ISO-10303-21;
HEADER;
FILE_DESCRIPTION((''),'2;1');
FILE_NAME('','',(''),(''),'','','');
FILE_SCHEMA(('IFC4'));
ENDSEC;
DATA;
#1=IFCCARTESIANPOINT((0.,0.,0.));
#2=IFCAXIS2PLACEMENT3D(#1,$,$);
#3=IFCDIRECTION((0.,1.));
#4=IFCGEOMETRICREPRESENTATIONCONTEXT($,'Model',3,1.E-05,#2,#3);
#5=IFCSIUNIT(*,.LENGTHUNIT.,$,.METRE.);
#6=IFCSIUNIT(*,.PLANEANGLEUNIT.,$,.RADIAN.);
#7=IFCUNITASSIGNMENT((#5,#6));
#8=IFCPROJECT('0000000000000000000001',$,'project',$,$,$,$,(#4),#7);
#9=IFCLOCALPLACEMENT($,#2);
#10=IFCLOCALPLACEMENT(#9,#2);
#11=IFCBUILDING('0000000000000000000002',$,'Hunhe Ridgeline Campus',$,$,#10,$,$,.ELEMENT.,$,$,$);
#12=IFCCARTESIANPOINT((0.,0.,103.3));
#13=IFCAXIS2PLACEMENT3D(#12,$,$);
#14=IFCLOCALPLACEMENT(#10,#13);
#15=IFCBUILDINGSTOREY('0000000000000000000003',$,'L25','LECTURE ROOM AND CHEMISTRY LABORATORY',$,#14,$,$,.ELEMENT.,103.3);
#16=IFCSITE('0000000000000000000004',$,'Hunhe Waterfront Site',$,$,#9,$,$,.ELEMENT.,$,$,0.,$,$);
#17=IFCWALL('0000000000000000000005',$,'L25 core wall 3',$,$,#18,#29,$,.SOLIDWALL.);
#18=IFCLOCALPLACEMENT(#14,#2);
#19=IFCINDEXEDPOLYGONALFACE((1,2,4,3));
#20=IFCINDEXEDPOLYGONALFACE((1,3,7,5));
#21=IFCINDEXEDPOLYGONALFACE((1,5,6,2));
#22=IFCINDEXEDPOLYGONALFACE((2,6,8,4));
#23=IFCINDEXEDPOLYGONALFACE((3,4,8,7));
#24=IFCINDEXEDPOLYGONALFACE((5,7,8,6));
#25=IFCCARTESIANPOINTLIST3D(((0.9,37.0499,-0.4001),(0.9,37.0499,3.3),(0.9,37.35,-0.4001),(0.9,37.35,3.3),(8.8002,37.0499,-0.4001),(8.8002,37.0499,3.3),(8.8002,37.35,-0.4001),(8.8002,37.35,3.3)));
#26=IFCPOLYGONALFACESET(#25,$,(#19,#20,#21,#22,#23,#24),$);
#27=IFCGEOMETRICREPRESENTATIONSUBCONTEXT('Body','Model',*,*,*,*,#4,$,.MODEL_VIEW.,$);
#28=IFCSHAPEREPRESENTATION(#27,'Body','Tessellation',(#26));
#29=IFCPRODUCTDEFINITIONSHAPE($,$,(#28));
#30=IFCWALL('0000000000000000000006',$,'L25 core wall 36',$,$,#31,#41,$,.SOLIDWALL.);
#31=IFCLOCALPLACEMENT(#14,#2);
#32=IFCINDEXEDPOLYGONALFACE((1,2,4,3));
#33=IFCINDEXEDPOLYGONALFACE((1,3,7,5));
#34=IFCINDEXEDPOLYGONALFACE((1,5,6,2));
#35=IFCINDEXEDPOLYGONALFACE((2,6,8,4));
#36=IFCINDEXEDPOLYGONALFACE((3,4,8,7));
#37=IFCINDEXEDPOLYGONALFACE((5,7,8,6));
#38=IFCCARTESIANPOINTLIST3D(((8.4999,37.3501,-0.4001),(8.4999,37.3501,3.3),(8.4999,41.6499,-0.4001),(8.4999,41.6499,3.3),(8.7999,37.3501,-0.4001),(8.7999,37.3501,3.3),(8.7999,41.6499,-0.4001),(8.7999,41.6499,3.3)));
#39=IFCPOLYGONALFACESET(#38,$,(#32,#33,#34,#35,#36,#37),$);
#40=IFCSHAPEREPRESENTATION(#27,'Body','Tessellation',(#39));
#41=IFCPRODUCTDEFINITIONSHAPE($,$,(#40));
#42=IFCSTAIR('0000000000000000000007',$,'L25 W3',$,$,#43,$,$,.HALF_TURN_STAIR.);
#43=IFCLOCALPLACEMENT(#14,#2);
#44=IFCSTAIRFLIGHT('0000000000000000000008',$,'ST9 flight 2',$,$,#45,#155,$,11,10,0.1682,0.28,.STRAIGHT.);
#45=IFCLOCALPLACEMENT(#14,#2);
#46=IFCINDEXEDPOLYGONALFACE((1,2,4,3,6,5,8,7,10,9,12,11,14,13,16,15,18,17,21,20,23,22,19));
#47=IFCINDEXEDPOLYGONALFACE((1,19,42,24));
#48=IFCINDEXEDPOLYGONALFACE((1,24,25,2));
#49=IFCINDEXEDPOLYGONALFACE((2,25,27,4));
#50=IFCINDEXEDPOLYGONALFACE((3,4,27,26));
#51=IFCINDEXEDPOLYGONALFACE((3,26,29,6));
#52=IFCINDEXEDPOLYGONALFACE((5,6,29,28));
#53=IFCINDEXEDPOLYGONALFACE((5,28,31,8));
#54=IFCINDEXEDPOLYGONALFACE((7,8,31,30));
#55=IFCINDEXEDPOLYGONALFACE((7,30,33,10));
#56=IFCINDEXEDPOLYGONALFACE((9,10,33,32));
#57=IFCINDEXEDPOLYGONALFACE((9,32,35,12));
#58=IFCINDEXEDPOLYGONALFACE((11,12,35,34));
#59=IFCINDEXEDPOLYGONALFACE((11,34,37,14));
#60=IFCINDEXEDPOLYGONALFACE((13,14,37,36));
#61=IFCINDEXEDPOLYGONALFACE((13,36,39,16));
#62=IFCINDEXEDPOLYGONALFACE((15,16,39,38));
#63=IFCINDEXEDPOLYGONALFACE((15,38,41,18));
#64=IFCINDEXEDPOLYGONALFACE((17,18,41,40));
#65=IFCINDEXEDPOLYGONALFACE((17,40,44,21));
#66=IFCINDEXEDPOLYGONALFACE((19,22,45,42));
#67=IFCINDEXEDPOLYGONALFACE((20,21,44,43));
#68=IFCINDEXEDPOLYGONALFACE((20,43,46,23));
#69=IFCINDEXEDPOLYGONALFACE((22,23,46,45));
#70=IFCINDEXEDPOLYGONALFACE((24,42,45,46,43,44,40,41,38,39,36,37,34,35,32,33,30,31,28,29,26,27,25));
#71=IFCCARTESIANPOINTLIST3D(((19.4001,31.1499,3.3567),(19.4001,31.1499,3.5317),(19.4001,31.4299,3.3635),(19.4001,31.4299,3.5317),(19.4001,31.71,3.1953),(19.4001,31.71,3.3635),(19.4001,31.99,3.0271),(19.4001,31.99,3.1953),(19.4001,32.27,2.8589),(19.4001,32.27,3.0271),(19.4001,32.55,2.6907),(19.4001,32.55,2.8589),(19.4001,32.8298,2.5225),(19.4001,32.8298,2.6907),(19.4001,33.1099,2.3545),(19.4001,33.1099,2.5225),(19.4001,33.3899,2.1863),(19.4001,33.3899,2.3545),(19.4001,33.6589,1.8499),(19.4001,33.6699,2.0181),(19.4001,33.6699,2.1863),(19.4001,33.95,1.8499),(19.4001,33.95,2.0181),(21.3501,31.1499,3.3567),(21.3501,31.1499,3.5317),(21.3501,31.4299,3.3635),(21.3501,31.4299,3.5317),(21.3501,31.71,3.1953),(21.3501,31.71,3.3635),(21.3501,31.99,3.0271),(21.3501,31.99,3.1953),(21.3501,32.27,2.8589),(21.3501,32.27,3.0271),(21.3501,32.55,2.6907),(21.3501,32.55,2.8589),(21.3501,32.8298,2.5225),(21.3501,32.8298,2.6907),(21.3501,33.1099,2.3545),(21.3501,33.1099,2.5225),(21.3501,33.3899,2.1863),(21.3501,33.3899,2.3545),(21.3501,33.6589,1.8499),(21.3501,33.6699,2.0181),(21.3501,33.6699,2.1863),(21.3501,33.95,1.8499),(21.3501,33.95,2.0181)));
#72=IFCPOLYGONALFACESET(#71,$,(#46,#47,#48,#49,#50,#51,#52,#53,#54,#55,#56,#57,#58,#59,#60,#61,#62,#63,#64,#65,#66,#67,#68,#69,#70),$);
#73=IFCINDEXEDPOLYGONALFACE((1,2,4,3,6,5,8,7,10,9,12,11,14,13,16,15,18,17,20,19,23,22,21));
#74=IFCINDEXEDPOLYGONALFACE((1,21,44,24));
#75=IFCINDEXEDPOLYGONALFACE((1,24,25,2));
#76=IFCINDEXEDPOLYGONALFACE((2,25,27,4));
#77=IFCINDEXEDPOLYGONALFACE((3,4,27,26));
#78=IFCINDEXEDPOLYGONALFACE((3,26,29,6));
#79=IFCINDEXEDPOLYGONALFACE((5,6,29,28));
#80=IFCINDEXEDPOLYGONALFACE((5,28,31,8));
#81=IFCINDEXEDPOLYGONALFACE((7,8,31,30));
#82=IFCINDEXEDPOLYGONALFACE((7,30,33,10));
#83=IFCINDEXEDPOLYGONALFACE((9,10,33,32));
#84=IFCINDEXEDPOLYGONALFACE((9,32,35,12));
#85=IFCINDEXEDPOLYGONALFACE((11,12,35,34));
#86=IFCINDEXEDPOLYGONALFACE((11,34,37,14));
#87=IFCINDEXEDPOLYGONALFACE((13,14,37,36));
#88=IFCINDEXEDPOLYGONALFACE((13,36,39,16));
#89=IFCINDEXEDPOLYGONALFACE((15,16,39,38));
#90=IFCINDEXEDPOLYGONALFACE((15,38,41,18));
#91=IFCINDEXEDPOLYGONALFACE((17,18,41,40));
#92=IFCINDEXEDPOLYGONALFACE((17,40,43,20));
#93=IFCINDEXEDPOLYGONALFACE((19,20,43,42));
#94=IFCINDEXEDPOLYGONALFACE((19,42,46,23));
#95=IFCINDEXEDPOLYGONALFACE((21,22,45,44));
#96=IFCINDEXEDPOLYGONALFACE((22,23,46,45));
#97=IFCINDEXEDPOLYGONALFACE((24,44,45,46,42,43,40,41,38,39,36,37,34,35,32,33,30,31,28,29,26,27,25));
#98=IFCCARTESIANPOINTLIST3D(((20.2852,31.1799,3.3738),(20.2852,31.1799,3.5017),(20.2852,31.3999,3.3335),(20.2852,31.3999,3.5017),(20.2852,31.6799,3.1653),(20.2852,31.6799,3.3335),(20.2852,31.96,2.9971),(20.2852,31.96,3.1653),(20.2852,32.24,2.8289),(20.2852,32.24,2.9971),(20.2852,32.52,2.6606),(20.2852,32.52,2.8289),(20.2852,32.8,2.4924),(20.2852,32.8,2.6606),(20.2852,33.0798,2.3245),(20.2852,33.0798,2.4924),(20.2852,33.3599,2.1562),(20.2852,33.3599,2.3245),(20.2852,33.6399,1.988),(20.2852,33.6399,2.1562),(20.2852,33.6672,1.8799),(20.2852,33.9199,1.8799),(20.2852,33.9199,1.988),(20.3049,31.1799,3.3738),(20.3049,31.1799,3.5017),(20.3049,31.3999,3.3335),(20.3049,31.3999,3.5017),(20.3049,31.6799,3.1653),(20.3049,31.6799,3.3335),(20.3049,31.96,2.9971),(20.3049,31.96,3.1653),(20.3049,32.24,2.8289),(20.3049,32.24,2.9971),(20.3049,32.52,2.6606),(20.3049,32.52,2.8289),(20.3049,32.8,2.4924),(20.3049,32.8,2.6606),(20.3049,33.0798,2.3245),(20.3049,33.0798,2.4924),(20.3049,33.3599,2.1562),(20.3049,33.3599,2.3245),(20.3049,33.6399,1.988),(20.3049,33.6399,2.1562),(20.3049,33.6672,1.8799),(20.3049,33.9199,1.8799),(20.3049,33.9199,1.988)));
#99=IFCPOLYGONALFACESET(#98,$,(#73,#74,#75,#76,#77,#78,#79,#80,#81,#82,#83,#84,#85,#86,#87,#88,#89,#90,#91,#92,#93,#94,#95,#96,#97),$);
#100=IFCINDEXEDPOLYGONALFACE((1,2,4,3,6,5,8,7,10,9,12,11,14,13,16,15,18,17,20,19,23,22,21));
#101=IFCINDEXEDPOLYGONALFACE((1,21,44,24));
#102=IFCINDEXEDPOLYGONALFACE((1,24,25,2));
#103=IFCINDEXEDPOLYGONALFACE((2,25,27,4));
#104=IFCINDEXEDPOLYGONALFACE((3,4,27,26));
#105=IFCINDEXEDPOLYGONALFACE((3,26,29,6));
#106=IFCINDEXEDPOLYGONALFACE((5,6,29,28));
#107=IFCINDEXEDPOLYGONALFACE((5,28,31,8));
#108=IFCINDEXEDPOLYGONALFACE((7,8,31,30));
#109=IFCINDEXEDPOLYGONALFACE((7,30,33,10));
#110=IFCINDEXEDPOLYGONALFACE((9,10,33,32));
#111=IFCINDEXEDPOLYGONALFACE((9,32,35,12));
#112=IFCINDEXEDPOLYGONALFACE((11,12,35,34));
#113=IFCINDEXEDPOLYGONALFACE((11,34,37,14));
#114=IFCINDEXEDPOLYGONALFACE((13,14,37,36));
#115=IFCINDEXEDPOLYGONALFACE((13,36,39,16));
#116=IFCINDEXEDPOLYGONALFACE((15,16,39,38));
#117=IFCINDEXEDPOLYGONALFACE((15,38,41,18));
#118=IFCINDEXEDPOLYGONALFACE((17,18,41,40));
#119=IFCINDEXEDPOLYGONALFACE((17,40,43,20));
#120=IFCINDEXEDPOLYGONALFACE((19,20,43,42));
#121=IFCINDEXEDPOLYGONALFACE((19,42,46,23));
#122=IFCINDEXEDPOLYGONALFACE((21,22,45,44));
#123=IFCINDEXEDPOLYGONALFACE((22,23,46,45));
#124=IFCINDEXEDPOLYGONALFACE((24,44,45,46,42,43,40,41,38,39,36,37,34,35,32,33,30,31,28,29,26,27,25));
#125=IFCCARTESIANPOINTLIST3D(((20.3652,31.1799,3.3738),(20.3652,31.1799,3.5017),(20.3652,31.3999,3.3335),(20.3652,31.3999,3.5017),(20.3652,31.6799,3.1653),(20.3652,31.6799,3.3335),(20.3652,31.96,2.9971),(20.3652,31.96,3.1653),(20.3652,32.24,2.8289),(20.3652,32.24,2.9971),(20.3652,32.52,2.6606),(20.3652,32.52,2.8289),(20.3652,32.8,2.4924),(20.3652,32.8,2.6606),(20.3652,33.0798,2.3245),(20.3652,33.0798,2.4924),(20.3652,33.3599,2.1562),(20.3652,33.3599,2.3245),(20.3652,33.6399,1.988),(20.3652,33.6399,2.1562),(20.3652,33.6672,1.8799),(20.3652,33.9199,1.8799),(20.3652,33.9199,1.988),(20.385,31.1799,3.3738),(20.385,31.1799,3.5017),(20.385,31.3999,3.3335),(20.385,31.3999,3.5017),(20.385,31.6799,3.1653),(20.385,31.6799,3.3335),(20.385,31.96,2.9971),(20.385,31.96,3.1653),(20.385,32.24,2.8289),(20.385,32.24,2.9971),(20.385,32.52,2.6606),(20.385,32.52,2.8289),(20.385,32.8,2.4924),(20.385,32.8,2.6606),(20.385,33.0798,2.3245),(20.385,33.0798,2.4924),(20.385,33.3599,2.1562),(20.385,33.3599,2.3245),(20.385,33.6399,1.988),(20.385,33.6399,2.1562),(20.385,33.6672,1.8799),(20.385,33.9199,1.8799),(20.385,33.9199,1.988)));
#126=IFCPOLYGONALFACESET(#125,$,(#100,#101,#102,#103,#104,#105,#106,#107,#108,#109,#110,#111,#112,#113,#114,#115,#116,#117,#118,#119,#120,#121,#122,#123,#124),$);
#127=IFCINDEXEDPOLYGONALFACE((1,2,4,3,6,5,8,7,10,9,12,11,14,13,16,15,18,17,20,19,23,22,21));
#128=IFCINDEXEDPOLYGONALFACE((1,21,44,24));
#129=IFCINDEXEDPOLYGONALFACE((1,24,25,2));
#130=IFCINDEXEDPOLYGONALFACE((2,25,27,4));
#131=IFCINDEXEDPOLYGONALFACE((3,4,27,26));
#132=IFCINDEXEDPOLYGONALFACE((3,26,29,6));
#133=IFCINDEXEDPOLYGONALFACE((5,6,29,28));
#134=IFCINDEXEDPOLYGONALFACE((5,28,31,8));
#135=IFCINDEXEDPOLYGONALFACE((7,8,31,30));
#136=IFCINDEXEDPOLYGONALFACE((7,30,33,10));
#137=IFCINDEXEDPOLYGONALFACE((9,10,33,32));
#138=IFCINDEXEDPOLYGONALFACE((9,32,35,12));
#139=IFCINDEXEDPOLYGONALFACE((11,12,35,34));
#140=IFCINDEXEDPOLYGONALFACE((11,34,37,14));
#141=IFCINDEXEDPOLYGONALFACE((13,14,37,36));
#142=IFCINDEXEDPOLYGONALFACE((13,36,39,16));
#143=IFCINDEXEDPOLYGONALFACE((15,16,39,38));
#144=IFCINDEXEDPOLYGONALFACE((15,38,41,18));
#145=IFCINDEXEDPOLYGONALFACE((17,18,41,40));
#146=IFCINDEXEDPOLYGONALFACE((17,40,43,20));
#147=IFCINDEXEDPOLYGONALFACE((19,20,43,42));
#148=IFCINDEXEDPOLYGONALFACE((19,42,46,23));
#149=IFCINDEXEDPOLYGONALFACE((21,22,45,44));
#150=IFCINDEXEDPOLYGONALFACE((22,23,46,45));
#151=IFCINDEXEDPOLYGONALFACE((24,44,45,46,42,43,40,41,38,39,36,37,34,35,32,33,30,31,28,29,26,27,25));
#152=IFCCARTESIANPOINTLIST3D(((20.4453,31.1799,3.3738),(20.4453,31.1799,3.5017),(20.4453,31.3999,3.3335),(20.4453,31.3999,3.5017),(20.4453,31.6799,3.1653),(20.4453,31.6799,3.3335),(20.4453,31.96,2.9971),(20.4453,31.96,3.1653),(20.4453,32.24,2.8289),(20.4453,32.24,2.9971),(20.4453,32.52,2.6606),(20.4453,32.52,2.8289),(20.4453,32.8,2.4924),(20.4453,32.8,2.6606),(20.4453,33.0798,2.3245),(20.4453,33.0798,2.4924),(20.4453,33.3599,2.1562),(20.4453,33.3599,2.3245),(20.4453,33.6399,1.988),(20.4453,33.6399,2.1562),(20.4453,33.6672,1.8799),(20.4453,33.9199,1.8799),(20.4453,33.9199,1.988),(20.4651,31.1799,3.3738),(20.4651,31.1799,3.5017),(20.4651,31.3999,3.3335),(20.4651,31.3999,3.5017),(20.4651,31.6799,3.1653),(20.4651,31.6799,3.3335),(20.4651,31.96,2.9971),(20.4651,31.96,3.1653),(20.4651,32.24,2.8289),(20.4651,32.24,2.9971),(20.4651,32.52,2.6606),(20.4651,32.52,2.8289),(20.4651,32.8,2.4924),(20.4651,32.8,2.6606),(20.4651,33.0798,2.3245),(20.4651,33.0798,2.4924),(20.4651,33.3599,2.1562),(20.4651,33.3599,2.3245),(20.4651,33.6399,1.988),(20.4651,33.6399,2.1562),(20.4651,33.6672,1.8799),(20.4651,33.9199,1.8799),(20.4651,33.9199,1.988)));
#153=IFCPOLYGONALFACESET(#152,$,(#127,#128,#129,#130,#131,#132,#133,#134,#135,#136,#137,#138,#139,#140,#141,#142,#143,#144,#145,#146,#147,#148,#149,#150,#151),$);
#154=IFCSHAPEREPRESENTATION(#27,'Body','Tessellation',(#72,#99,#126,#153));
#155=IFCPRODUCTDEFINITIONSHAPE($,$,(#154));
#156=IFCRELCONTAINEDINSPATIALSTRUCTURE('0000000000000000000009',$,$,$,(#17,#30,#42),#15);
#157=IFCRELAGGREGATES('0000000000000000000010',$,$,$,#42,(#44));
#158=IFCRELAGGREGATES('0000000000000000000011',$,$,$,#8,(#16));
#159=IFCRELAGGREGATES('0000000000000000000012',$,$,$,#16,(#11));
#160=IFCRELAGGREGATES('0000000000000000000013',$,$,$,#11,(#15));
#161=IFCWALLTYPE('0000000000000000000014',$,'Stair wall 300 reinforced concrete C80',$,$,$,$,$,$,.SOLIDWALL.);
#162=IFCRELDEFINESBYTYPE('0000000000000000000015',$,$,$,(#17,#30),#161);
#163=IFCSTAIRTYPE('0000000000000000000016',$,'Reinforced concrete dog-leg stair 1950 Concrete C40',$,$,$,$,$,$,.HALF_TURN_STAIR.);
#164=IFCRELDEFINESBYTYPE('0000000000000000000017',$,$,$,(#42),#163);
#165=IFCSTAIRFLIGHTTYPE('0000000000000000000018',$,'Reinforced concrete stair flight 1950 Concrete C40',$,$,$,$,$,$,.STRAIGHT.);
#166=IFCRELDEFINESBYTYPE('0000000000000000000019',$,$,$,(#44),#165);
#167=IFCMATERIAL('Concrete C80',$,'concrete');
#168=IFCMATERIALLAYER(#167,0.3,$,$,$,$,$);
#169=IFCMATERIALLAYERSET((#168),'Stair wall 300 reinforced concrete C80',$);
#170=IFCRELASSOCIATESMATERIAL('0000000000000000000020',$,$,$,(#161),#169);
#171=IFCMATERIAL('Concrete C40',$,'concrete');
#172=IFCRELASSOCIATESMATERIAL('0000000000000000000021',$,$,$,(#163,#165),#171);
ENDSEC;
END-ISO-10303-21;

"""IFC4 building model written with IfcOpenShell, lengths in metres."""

from ifc_helpers import new_model, si_unit, direction, frame, frame_2d, origin, place, context, subcontext, project, spatial, polyline, rectangle, outline, extrude, material, layer, layer_set, type_object, element, aggregate, save


model = new_model("IFC4")

# Units and contexts
model_context = context("Model", 3, precision=1e-05, world=origin(), true_north=direction((0.0, 1.0)))
body_context = subcontext(model_context, "Body", "Model", "MODEL_VIEW")
ifc_project = project(units=[si_unit("LENGTHUNIT", "METRE"), si_unit("PLANEANGLEUNIT", "RADIAN")], contexts=[model_context])

# Site, building, storey
site_placement = place(None, origin())
site = spatial("IfcSite", under=ifc_project, at=site_placement, Name="Hunhe Waterfront Site", CompositionType="ELEMENT", RefElevation=0.0)
building_placement = place(site_placement, origin())
building = spatial("IfcBuilding", under=site, at=building_placement, Name="Hunhe Ridgeline Campus", CompositionType="ELEMENT")
storey_placement = place(building_placement, frame((0.0, 0.0, 103.3)))
storey = spatial("IfcBuildingStorey", under=building, at=storey_placement, Name="L25", Description="LECTURE ROOM AND CHEMISTRY LABORATORY", CompositionType="ELEMENT", Elevation=103.3)

# Wall
ifc_material_1 = material(Name="Concrete C80", Category="concrete")
ifc_layer_1 = layer(ifc_material_1, 0.3)
ifc_layer_set_1 = layer_set([ifc_layer_1], Name="Stair wall 300 reinforced concrete C80")
wall_type_1 = type_object("IfcWallType", Name="Stair wall 300 reinforced concrete C80", PredefinedType="SOLIDWALL", material=ifc_layer_set_1)
wall_1_placement = place(storey_placement, frame((0.8999, 37.2, -0.4001), z_axis=(0.0, 0.0, 1.0), x_axis=(1.0, 0.0, 0.0)))
element("IfcWall", 1, at=wall_1_placement, inside=storey, type_object=wall_type_1, Name="L25 core wall 3", PredefinedType="SOLIDWALL", context=body_context, shape_type="SweptSolid", body=[
    extrude(rectangle(XDim=7.9001, YDim=0.3, at=frame_2d((3.9502, 0.0))), origin(), (0.0, 0.0, 1.0), 3.7002),
])

# Wall
wall_2_placement = place(storey_placement, frame((8.6499, 37.3501, -0.4001), z_axis=(0.0, 0.0, 1.0), x_axis=(0.0, 1.0, 0.0)))
element("IfcWall", 2, at=wall_2_placement, inside=storey, type_object=wall_type_1, Name="L25 core wall 36", PredefinedType="SOLIDWALL", context=body_context, shape_type="SweptSolid", body=[
    extrude(rectangle(XDim=4.2998, YDim=0.3, at=frame_2d((2.1499, 0.0))), origin(), (0.0, 0.0, 1.0), 3.7002),
])

# Stair, stair flight
ifc_material_2 = material(Name="Concrete C40", Category="concrete")
stair_type = type_object("IfcStairType", Name="Reinforced concrete dog-leg stair 1950 Concrete C40", PredefinedType="HALF_TURN_STAIR", material=ifc_material_2)
stair_1_placement = place(storey_placement, origin())
stair_1 = element("IfcStair", 3, at=stair_1_placement, inside=storey, type_object=stair_type, Name="L25 W3", PredefinedType="HALF_TURN_STAIR")
stair_flight_type = type_object("IfcStairFlightType", Name="Reinforced concrete stair flight 1950 Concrete C40", PredefinedType="STRAIGHT", material=ifc_material_2)
stair_flight_1_placement = place(storey_placement, frame((20.375, 33.95, 1.8499), z_axis=(0.0, 0.0, 1.0), x_axis=(0.0, -1.0, 0.0)))
stair_flight_1 = element("IfcStairFlight", 4, at=stair_flight_1_placement, type_object=stair_flight_type, Name="ST9 flight 2", NumberOfRisers=11, NumberOfTreads=10, PredefinedType="STRAIGHT", RiserHeight=0.1682, TreadLength=0.28, context=body_context, shape_type="SweptSolid", body=[
    extrude(outline(polyline([(0.0, 0.0), (0.0, 0.1682), (0.28, 0.1682), (0.28, 0.3364), (0.5601, 0.3364), (0.5601, 0.5046), (0.8401, 0.5046), (0.8401, 0.6726), (1.1201, 0.6726), (1.1201, 0.8408), (1.3999, 0.8408), (1.3999, 1.009), (1.6799, 1.009), (1.6799, 1.1772), (1.96, 1.1772), (1.96, 1.3455), (2.24, 1.3455), (2.24, 1.5137), (2.52, 1.5137), (2.52, 1.6819), (2.8, 1.6819), (2.8, 1.8501), (2.8, 1.5068), (0.291, 0.0), (0.0, 0.0)])), frame((0.0, 0.9751, 0.0), z_axis=(0.0, -1.0, 0.0), x_axis=(1.0, 0.0, 0.0)), (0.0, 0.0, 1.0), 1.95),
    extrude(outline(polyline([(0.03, 0.03), (0.03, 0.1382), (0.3101, 0.1382), (0.3101, 0.3064), (0.5901, 0.3064), (0.5901, 0.4746), (0.8701, 0.4746), (0.8701, 0.6426), (1.1499, 0.6426), (1.1499, 0.8108), (1.4299, 0.8108), (1.4299, 0.979), (1.71, 0.979), (1.71, 1.1472), (1.99, 1.1472), (1.99, 1.3154), (2.27, 1.3154), (2.27, 1.4836), (2.55, 1.4836), (2.55, 1.6519), (2.77, 1.6519), (2.77, 1.5239), (0.2827, 0.03), (0.03, 0.03)])), frame((0.0, -0.0701, 0.0), z_axis=(0.0, -1.0, 0.0), x_axis=(1.0, 0.0, 0.0)), (0.0, 0.0, 1.0), 0.0198),
    extrude(outline(polyline([(0.03, 0.03), (0.03, 0.1382), (0.3101, 0.1382), (0.3101, 0.3064), (0.5901, 0.3064), (0.5901, 0.4746), (0.8701, 0.4746), (0.8701, 0.6426), (1.1499, 0.6426), (1.1499, 0.8108), (1.4299, 0.8108), (1.4299, 0.979), (1.71, 0.979), (1.71, 1.1472), (1.99, 1.1472), (1.99, 1.3154), (2.27, 1.3154), (2.27, 1.4836), (2.55, 1.4836), (2.55, 1.6519), (2.77, 1.6519), (2.77, 1.5239), (0.2827, 0.03), (0.03, 0.03)])), frame((0.0, 0.01, 0.0), z_axis=(0.0, -1.0, 0.0), x_axis=(1.0, 0.0, 0.0)), (0.0, 0.0, 1.0), 0.0198),
    extrude(outline(polyline([(0.03, 0.03), (0.03, 0.1382), (0.3101, 0.1382), (0.3101, 0.3064), (0.5901, 0.3064), (0.5901, 0.4746), (0.8701, 0.4746), (0.8701, 0.6426), (1.1499, 0.6426), (1.1499, 0.8108), (1.4299, 0.8108), (1.4299, 0.979), (1.71, 0.979), (1.71, 1.1472), (1.99, 1.1472), (1.99, 1.3154), (2.27, 1.3154), (2.27, 1.4836), (2.55, 1.4836), (2.55, 1.6519), (2.77, 1.6519), (2.77, 1.5239), (0.2827, 0.03), (0.03, 0.03)])), frame((0.0, 0.0901, 0.0), z_axis=(0.0, -1.0, 0.0), x_axis=(1.0, 0.0, 0.0)), (0.0, 0.0, 1.0), 0.0198),
])
aggregate(stair_1, [stair_flight_1])

save(model, "model.ifc")
